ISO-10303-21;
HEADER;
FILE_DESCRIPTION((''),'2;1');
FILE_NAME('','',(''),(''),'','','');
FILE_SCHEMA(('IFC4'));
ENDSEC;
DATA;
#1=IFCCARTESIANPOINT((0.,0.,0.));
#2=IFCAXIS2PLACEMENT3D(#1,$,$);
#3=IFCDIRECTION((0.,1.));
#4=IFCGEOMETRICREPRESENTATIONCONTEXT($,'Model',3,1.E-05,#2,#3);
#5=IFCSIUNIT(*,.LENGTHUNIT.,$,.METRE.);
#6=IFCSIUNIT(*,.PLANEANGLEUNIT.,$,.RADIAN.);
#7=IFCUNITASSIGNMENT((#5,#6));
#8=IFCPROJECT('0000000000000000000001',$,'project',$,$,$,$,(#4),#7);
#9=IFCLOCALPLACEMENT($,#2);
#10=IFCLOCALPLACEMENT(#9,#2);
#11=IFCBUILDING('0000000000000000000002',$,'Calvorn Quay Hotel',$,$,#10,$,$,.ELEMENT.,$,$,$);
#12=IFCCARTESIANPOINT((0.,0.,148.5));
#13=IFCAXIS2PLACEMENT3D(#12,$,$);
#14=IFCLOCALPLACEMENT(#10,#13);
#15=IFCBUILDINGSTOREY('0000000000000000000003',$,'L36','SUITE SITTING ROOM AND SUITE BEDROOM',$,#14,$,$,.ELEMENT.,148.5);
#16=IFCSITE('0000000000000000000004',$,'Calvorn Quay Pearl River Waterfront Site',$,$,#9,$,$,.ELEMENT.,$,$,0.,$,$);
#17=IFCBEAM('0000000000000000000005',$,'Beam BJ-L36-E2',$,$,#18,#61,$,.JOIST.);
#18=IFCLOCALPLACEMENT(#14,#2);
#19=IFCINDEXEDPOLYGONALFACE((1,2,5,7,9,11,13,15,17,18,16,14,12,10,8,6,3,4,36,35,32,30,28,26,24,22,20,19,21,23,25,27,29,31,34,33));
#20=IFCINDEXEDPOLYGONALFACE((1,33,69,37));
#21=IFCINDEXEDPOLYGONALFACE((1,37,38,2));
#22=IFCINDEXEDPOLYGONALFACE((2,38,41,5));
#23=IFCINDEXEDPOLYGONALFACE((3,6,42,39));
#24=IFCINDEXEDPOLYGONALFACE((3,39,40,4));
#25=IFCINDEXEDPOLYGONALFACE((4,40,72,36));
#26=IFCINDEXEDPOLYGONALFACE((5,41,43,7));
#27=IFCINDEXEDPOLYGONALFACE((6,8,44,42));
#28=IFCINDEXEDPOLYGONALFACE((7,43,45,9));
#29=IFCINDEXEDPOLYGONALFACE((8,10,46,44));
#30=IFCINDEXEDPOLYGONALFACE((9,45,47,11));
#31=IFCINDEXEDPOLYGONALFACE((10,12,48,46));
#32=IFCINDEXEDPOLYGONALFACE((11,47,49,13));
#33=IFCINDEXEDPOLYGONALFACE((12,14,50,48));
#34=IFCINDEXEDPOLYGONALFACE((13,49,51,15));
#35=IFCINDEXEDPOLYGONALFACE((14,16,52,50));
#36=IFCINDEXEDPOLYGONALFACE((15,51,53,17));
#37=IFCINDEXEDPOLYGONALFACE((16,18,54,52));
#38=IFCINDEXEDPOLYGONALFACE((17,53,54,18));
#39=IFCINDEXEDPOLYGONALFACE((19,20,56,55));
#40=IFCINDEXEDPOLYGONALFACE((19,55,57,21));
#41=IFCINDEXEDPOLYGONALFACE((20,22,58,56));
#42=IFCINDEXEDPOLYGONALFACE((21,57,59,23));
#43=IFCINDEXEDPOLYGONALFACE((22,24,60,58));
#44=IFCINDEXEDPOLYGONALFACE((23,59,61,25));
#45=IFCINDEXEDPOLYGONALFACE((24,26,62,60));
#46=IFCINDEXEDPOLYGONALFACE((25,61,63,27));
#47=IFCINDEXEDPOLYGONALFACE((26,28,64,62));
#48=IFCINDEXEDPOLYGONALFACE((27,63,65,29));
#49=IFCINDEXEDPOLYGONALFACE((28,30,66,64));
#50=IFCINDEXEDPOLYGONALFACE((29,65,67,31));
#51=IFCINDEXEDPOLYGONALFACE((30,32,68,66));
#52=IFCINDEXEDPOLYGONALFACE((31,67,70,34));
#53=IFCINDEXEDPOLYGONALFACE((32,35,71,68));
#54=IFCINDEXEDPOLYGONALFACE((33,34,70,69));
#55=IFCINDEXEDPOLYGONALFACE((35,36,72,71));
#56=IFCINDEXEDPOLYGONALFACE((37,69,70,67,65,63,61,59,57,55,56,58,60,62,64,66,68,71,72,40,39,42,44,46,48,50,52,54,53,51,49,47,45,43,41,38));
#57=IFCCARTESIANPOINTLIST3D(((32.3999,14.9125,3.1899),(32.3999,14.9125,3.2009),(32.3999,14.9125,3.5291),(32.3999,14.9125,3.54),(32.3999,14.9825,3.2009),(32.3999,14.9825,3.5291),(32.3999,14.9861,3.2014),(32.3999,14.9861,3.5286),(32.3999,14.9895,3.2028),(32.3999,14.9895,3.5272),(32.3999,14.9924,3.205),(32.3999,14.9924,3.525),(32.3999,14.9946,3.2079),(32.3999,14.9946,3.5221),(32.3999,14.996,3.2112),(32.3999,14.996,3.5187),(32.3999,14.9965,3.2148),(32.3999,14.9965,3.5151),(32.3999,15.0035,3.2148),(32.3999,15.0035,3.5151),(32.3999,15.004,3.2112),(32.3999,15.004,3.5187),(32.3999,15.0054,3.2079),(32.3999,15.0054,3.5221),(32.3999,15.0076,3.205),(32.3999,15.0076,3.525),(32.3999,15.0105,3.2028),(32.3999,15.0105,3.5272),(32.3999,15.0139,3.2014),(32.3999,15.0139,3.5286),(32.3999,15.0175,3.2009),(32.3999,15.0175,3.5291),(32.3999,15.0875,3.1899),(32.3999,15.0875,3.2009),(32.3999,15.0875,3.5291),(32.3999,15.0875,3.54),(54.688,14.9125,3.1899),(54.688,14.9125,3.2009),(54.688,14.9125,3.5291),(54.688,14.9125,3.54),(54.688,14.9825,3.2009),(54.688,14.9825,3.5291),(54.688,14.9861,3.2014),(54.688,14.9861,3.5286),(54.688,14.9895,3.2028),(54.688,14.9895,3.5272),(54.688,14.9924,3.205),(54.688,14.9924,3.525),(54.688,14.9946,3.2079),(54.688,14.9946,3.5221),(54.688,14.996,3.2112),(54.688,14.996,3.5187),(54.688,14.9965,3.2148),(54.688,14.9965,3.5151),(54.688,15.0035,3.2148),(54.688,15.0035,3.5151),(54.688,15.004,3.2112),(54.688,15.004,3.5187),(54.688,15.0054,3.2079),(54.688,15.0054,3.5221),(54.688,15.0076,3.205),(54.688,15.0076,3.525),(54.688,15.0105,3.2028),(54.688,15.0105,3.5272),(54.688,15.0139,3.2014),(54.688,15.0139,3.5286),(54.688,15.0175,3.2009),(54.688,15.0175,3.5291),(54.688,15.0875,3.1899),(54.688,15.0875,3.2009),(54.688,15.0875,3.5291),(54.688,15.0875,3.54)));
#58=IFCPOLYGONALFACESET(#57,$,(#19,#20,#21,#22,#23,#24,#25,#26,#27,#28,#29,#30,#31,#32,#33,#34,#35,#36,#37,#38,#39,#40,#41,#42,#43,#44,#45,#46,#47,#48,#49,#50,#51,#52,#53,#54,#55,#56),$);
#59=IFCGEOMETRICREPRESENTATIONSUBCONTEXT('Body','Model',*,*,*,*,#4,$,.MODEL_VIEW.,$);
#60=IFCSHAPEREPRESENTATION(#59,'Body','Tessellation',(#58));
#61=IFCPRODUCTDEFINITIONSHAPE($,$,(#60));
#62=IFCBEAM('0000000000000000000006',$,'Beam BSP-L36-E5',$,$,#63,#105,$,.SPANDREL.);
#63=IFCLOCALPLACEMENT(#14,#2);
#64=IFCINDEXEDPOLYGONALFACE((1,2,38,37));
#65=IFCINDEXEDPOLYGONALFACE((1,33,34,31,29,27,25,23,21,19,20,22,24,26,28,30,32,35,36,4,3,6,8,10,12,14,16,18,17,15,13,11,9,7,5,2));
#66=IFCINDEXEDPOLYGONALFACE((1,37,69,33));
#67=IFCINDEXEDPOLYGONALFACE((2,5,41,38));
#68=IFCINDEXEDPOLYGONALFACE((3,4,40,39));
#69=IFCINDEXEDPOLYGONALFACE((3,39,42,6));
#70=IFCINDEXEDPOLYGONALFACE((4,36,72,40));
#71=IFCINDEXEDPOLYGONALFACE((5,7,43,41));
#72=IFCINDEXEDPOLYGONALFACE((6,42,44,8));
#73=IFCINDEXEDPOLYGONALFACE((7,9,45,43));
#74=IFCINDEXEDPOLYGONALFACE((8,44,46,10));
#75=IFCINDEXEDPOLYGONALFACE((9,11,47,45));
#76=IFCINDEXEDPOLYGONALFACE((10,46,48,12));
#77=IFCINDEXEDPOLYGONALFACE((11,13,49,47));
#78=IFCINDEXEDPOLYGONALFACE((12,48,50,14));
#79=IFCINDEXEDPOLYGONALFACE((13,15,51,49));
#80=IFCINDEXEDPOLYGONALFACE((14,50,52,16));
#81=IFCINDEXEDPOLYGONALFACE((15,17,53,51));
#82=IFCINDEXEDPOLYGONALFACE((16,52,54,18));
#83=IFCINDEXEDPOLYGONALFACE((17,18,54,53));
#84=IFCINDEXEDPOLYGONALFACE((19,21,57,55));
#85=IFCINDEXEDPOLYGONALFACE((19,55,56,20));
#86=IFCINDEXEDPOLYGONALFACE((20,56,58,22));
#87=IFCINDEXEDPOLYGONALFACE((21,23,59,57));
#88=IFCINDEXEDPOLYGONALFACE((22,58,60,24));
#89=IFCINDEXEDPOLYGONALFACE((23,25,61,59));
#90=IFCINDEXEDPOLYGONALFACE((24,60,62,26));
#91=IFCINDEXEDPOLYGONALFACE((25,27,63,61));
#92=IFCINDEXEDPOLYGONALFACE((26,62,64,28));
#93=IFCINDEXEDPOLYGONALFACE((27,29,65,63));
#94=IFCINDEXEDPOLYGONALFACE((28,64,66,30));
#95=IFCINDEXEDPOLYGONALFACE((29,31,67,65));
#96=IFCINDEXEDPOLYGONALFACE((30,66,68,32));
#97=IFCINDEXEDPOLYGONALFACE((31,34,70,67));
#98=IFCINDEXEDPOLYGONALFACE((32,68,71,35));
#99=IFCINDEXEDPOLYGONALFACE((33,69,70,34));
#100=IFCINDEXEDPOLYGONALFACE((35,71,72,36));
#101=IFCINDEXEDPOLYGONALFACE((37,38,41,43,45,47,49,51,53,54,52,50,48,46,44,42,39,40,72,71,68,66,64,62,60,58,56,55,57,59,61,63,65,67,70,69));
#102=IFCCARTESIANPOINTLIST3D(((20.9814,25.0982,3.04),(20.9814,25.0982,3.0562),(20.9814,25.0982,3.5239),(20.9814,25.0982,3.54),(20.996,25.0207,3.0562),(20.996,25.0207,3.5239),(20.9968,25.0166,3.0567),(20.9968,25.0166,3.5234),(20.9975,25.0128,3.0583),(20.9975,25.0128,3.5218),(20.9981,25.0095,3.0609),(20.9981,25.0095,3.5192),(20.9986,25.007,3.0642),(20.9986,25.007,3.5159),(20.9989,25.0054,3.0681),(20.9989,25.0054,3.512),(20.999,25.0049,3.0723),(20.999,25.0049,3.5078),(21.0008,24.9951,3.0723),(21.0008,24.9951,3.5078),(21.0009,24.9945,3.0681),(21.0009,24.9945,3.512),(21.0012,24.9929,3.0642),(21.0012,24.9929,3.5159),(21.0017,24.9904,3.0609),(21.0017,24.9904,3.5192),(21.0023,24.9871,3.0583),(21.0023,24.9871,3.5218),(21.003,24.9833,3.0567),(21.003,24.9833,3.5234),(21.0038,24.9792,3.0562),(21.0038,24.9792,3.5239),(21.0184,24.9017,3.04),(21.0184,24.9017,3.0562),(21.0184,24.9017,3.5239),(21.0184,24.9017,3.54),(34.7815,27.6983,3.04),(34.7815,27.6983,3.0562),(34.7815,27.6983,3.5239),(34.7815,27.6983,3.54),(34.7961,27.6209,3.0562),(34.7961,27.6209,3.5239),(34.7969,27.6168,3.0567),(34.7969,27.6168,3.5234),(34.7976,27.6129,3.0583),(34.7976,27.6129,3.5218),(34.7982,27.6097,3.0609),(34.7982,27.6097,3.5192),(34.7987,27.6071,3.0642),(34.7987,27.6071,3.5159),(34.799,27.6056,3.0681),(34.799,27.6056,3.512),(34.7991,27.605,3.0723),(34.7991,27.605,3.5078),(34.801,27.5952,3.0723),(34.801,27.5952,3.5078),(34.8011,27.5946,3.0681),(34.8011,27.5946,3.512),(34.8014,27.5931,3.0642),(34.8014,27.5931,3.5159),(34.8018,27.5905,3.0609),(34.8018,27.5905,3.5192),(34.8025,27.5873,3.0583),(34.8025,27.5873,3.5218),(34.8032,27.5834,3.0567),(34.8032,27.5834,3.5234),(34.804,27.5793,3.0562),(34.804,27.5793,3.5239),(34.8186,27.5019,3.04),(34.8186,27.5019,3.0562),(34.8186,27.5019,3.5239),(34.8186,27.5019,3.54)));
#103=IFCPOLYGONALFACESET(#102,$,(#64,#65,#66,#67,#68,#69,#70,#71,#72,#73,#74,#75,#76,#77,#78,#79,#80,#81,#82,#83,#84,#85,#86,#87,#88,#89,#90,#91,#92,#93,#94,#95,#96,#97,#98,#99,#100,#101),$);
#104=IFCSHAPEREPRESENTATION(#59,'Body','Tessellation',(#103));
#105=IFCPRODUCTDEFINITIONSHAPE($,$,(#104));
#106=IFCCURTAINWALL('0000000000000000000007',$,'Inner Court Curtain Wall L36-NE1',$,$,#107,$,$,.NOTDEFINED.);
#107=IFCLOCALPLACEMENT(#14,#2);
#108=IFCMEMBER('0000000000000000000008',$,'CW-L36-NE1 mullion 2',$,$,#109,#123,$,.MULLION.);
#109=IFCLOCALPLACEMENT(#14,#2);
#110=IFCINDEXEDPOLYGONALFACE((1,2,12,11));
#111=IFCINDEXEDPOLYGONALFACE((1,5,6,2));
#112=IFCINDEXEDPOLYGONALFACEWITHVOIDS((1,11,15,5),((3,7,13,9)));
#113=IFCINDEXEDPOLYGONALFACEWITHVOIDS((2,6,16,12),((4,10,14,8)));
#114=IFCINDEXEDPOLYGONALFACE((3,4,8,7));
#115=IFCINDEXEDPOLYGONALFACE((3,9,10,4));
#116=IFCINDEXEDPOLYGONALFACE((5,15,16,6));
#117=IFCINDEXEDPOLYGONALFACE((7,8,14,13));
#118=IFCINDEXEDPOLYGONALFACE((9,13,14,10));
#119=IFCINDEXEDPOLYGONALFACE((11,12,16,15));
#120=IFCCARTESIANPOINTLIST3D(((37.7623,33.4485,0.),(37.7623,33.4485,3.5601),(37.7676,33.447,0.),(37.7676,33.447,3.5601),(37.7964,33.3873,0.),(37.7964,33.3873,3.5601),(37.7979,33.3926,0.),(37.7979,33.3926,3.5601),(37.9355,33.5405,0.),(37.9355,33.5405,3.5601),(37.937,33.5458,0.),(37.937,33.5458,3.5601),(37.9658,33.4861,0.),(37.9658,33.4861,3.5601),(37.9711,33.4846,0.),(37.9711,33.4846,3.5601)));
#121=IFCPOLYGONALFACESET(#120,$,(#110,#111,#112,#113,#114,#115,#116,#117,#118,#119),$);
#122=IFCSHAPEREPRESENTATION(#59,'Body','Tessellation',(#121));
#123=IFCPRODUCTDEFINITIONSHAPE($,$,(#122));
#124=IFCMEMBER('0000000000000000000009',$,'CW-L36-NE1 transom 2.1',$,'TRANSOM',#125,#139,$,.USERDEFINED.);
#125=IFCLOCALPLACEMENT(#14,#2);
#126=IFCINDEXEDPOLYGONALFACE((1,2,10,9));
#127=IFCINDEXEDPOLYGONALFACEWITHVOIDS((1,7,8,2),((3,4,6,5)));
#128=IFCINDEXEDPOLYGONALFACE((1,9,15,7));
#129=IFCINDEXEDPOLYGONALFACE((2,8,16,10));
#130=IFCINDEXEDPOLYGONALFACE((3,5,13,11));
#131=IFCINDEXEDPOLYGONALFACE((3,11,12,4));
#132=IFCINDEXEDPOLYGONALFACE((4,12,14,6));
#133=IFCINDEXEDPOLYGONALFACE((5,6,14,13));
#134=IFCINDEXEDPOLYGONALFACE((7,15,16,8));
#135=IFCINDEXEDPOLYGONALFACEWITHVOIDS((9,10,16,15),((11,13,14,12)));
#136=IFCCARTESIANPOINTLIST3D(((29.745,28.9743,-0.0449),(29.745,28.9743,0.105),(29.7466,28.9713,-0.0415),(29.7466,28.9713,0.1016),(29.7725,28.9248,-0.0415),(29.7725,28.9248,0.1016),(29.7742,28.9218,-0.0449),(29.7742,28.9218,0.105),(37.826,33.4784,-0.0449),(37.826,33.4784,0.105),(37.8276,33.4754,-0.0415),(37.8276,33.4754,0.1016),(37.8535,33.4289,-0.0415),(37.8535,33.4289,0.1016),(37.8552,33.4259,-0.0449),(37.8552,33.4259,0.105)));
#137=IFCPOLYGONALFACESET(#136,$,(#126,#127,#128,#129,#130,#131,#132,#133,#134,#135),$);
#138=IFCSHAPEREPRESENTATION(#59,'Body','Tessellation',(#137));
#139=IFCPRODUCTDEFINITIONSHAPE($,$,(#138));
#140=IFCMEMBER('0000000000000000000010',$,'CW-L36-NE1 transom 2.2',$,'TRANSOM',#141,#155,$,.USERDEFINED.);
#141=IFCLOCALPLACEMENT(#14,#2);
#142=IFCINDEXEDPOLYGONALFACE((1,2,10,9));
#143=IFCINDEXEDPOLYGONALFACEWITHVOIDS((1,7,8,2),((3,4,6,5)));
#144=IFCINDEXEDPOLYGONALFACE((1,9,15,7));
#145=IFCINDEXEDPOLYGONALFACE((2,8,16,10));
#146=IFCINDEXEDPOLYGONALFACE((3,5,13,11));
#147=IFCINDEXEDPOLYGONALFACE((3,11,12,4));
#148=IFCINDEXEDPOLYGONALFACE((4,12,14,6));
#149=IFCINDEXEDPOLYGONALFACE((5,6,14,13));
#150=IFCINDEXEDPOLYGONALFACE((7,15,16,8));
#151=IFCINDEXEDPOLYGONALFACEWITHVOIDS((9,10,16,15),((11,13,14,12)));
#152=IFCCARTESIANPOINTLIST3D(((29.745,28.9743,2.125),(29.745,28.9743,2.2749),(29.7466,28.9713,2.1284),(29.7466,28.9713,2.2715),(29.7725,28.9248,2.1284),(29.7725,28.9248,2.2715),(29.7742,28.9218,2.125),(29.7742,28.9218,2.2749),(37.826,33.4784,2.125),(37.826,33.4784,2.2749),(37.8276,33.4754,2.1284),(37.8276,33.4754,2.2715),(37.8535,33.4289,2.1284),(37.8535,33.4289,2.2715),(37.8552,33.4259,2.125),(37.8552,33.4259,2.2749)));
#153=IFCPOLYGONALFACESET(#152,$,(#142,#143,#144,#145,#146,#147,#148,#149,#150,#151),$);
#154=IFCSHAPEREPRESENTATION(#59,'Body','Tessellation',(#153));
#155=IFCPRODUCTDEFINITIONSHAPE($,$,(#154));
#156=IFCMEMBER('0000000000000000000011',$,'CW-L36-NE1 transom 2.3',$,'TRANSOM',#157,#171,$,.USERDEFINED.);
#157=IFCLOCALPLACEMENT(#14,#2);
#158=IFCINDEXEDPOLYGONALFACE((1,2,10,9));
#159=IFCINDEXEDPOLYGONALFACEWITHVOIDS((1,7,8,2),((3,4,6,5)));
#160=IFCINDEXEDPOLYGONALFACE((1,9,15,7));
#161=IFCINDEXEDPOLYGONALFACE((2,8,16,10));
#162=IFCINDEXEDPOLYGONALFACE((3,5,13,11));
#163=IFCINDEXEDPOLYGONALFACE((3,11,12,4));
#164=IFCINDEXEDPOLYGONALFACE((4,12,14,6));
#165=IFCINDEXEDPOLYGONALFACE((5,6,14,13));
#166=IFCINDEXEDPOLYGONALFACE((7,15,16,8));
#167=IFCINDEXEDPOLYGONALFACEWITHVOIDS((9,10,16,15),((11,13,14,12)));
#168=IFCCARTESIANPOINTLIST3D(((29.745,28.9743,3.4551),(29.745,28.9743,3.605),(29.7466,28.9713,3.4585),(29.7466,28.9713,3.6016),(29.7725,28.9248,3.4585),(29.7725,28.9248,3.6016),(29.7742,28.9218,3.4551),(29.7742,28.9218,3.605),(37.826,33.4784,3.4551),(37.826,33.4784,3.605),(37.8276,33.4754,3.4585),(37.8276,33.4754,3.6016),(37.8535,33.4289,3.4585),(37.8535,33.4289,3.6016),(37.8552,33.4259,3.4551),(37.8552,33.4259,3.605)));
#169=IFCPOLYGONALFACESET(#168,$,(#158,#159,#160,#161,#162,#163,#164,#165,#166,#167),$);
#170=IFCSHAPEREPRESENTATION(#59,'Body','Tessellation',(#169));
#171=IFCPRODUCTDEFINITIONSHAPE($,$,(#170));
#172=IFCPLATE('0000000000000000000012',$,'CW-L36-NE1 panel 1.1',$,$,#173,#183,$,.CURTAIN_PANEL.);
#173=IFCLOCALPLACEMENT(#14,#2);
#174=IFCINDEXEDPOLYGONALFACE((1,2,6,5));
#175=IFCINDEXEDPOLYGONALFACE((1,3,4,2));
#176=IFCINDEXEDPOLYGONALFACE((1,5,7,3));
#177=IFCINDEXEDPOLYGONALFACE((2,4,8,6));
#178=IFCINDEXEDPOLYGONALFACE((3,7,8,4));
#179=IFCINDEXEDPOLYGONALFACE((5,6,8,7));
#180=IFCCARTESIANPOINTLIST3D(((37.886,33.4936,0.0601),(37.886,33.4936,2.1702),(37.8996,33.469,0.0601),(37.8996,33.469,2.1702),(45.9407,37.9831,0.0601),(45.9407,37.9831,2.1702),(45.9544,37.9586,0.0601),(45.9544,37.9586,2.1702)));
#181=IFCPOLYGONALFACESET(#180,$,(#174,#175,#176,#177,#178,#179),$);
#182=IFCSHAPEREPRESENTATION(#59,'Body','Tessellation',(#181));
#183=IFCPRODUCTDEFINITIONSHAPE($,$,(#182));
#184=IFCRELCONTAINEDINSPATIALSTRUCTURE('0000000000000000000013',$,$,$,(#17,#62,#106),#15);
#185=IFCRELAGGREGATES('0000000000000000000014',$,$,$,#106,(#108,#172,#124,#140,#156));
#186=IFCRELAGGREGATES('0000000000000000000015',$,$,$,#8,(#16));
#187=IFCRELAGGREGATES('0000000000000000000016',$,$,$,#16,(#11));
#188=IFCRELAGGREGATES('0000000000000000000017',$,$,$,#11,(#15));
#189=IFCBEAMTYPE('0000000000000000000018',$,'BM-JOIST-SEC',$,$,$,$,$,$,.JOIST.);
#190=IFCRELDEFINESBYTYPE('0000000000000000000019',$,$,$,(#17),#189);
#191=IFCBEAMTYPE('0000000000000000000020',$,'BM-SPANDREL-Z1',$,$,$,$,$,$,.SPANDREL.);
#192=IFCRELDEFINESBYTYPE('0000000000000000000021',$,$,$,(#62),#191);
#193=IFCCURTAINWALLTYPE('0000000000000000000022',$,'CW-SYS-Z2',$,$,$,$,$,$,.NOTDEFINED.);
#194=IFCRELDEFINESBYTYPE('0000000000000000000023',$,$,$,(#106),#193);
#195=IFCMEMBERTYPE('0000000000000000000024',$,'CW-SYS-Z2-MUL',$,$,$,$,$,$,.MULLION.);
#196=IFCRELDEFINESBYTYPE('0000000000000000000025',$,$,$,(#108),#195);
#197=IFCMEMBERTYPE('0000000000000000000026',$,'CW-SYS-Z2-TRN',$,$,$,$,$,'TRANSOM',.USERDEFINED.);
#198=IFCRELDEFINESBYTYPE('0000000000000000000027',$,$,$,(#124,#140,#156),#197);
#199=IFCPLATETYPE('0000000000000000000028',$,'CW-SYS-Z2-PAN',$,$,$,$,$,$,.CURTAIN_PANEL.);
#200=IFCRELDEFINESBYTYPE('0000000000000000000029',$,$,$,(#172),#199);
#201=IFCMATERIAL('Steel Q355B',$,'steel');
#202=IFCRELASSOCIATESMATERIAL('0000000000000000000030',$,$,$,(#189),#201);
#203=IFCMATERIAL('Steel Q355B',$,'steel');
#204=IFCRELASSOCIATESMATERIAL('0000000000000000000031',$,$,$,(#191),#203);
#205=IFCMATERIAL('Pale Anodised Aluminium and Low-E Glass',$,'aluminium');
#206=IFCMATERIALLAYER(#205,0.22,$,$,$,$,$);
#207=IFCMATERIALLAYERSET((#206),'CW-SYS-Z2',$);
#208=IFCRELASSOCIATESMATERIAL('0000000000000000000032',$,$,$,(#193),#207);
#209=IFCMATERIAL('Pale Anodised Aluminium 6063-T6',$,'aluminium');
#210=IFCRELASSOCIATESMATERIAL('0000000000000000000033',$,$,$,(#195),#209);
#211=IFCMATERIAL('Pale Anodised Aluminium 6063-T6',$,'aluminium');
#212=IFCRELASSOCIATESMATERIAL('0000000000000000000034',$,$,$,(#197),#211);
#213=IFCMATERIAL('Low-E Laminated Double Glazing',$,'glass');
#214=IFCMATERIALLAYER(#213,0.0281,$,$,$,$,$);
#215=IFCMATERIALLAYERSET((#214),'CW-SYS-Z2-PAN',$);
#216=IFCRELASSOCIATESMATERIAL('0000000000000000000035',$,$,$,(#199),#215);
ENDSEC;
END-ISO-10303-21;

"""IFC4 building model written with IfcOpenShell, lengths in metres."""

from ifc_helpers import new_model, si_unit, direction, frame, origin, origin_2d, place, context, subcontext, project, spatial, rectangle, hollow_rectangle, i_section, extrude, material, layer, layer_set, material_profile, profile_set, type_object, element, aggregate, save


model = new_model("IFC4")

# Units and contexts
model_context = context("Model", 3, precision=1e-05, world=origin(), true_north=direction((0.0, 1.0)))
body_context = subcontext(model_context, "Body", "Model", "MODEL_VIEW")
ifc_project = project(units=[si_unit("LENGTHUNIT", "METRE"), si_unit("PLANEANGLEUNIT", "RADIAN")], contexts=[model_context])

# Site, building, storey
site_placement = place(None, origin())
site = spatial("IfcSite", under=ifc_project, at=site_placement, Name="Calvorn Quay Pearl River Waterfront Site", CompositionType="ELEMENT", RefElevation=0.0)
building_placement = place(site_placement, origin())
building = spatial("IfcBuilding", under=site, at=building_placement, Name="Calvorn Quay Hotel", CompositionType="ELEMENT")
storey_placement = place(building_placement, frame((0.0, 0.0, 148.5)))
storey = spatial("IfcBuildingStorey", under=building, at=storey_placement, Name="L36", Description="SUITE SITTING ROOM AND SUITE BEDROOM", CompositionType="ELEMENT", Elevation=148.5)

# Beams
ifc_material_1 = material(Name="Steel Q355B", Category="steel")
ifc_material_profile_1 = material_profile(ifc_material_1, i_section(OverallWidth=0.175, OverallDepth=0.3501, WebThickness=0.0071, FlangeThickness=0.011, FilletRadius=0.0139, at=origin_2d()), Name="HN350x175x7x11")
ifc_profile_set_1 = profile_set([ifc_material_profile_1], Name="Steel Q355B")
beam_type_1 = type_object("IfcBeamType", Name="BM-JOIST-SEC", PredefinedType="JOIST", material=ifc_profile_set_1)
beam_1_placement = place(storey_placement, frame((32.3999, 15.0, 3.365), z_axis=(1.0, 0.0, 0.0), x_axis=(0.0, 1.0, 0.0)))
element("IfcBeam", 1, at=beam_1_placement, inside=storey, type_object=beam_type_1, Name="Beam BJ-L36-E2", PredefinedType="JOIST", context=body_context, shape_type="SweptSolid", body=[
    extrude(i_section(OverallWidth=0.175, OverallDepth=0.3501, WebThickness=0.0071, FlangeThickness=0.011, FilletRadius=0.0139, at=origin_2d()), origin(), (0.0, 0.0, 1.0), 22.2881),
])
ifc_material_2 = material(Name="Steel Q355B", Category="steel")
ifc_material_profile_2 = material_profile(ifc_material_2, i_section(OverallWidth=0.2, OverallDepth=0.5, WebThickness=0.01, FlangeThickness=0.0161, FilletRadius=0.0161, at=origin_2d()), Name="HN500x200x10x16")
ifc_profile_set_2 = profile_set([ifc_material_profile_2], Name="Steel Q355B")
beam_type_2 = type_object("IfcBeamType", Name="BM-SPANDREL-Z1", PredefinedType="SPANDREL", material=ifc_profile_set_2)
beam_2_placement = place(storey_placement, frame((34.8, 27.6001, 3.29), z_axis=(-0.982709, -0.185154, 0.0), x_axis=(0.185154, -0.982709, 0.0)))
element("IfcBeam", 2, at=beam_2_placement, inside=storey, type_object=beam_type_2, Name="Beam BSP-L36-E5", PredefinedType="SPANDREL", context=body_context, shape_type="SweptSolid", body=[
    extrude(i_section(OverallWidth=0.2, OverallDepth=0.5, WebThickness=0.01, FlangeThickness=0.0161, FilletRadius=0.0161, at=origin_2d()), origin(), (0.0, 0.0, 1.0), 14.043),
])

# Curtain wall, members, plate
ifc_material_3 = material(Name="Pale Anodised Aluminium and Low-E Glass", Category="aluminium")
ifc_layer_1 = layer(ifc_material_3, 0.22)
ifc_layer_set_1 = layer_set([ifc_layer_1], Name="CW-SYS-Z2")
curtain_wall_type = type_object("IfcCurtainWallType", Name="CW-SYS-Z2", PredefinedType="NOTDEFINED", material=ifc_layer_set_1)
curtain_wall_placement = place(storey_placement, origin())
curtain_wall = element("IfcCurtainWall", 3, at=curtain_wall_placement, inside=storey, type_object=curtain_wall_type, Name="Inner Court Curtain Wall L36-NE1", PredefinedType="NOTDEFINED")
ifc_material_4 = material(Name="Pale Anodised Aluminium 6063-T6", Category="aluminium")
ifc_material_profile_3 = material_profile(ifc_material_4, hollow_rectangle(XDim=0.0701, YDim=0.2, WallThickness=0.0039, at=origin_2d()), Name="ALU-M200x70x4")
ifc_profile_set_3 = profile_set([ifc_material_profile_3], Name="Pale Anodised Aluminium 6063-T6")
member_type_1 = type_object("IfcMemberType", Name="CW-SYS-Z2-MUL", PredefinedType="MULLION", material=ifc_profile_set_3)
member_1_placement = place(storey_placement, frame((37.8667, 33.4666, 0.0), z_axis=(0.0, 0.0, 1.0), x_axis=(0.486858, -0.873481, 0.0)))
member_1 = element("IfcMember", 4, at=member_1_placement, type_object=member_type_1, Name="CW-L36-NE1 mullion 2", PredefinedType="MULLION", context=body_context, shape_type="SweptSolid", body=[
    extrude(hollow_rectangle(XDim=0.0701, YDim=0.2, WallThickness=0.0039, at=origin_2d()), origin(), (0.0, 0.0, 1.0), 3.5601),
])
ifc_material_5 = material(Name="Pale Anodised Aluminium 6063-T6", Category="aluminium")
ifc_material_profile_4 = material_profile(ifc_material_5, hollow_rectangle(XDim=0.0601, YDim=0.1499, WallThickness=0.0034, at=origin_2d()), Name="ALU-T150x60x3.5")
ifc_profile_set_4 = profile_set([ifc_material_profile_4], Name="Pale Anodised Aluminium 6063-T6")
member_type_2 = type_object("IfcMemberType", Name="CW-SYS-Z2-TRN", ElementType="TRANSOM", PredefinedType="USERDEFINED", material=ifc_profile_set_4)
member_2_placement = place(storey_placement, frame((37.8406, 33.4521, 0.03), z_axis=(-0.873483, -0.486855, 0.0), x_axis=(0.486855, -0.873483, 0.0)))
member_2 = element("IfcMember", 5, at=member_2_placement, type_object=member_type_2, Name="CW-L36-NE1 transom 2.1", ObjectType="TRANSOM", PredefinedType="USERDEFINED", context=body_context, shape_type="SweptSolid", body=[
    extrude(hollow_rectangle(XDim=0.0601, YDim=0.1499, WallThickness=0.0034, at=origin_2d()), origin(), (0.0, 0.0, 1.0), 9.2515),
])
member_3_placement = place(storey_placement, frame((37.8406, 33.4521, 2.2), z_axis=(-0.873483, -0.486855, 0.0), x_axis=(0.486855, -0.873483, 0.0)))
member_3 = element("IfcMember", 6, at=member_3_placement, type_object=member_type_2, Name="CW-L36-NE1 transom 2.2", ObjectType="TRANSOM", PredefinedType="USERDEFINED", context=body_context, shape_type="SweptSolid", body=[
    extrude(hollow_rectangle(XDim=0.0601, YDim=0.1499, WallThickness=0.0034, at=origin_2d()), origin(), (0.0, 0.0, 1.0), 9.2515),
])
member_4_placement = place(storey_placement, frame((37.8406, 33.4521, 3.53), z_axis=(-0.873483, -0.486855, 0.0), x_axis=(0.486855, -0.873483, 0.0)))
member_4 = element("IfcMember", 7, at=member_4_placement, type_object=member_type_2, Name="CW-L36-NE1 transom 2.3", ObjectType="TRANSOM", PredefinedType="USERDEFINED", context=body_context, shape_type="SweptSolid", body=[
    extrude(hollow_rectangle(XDim=0.0601, YDim=0.1499, WallThickness=0.0034, at=origin_2d()), origin(), (0.0, 0.0, 1.0), 9.2515),
])
ifc_material_6 = material(Name="Low-E Laminated Double Glazing", Category="glass")
ifc_layer_2 = layer(ifc_material_6, 0.0281)
ifc_layer_set_2 = layer_set([ifc_layer_2], Name="CW-SYS-Z2-PAN")
plate_type = type_object("IfcPlateType", Name="CW-SYS-Z2-PAN", PredefinedType="CURTAIN_PANEL", material=ifc_layer_set_2)
plate_1_placement = place(storey_placement, frame((41.9202, 35.7261, 0.0601), z_axis=(0.0, 0.0, 1.0), x_axis=(-0.873481, -0.486858, 0.0)))
plate_1 = element("IfcPlate", 8, at=plate_1_placement, type_object=plate_type, Name="CW-L36-NE1 panel 1.1", PredefinedType="CURTAIN_PANEL", context=body_context, shape_type="SweptSolid", body=[
    extrude(rectangle(XDim=9.2214, YDim=0.0281, at=origin_2d()), origin(), (0.0, 0.0, 1.0), 2.1101),
])
aggregate(curtain_wall, [member_1, plate_1, member_2, member_3, member_4])

save(model, "model.ifc")
